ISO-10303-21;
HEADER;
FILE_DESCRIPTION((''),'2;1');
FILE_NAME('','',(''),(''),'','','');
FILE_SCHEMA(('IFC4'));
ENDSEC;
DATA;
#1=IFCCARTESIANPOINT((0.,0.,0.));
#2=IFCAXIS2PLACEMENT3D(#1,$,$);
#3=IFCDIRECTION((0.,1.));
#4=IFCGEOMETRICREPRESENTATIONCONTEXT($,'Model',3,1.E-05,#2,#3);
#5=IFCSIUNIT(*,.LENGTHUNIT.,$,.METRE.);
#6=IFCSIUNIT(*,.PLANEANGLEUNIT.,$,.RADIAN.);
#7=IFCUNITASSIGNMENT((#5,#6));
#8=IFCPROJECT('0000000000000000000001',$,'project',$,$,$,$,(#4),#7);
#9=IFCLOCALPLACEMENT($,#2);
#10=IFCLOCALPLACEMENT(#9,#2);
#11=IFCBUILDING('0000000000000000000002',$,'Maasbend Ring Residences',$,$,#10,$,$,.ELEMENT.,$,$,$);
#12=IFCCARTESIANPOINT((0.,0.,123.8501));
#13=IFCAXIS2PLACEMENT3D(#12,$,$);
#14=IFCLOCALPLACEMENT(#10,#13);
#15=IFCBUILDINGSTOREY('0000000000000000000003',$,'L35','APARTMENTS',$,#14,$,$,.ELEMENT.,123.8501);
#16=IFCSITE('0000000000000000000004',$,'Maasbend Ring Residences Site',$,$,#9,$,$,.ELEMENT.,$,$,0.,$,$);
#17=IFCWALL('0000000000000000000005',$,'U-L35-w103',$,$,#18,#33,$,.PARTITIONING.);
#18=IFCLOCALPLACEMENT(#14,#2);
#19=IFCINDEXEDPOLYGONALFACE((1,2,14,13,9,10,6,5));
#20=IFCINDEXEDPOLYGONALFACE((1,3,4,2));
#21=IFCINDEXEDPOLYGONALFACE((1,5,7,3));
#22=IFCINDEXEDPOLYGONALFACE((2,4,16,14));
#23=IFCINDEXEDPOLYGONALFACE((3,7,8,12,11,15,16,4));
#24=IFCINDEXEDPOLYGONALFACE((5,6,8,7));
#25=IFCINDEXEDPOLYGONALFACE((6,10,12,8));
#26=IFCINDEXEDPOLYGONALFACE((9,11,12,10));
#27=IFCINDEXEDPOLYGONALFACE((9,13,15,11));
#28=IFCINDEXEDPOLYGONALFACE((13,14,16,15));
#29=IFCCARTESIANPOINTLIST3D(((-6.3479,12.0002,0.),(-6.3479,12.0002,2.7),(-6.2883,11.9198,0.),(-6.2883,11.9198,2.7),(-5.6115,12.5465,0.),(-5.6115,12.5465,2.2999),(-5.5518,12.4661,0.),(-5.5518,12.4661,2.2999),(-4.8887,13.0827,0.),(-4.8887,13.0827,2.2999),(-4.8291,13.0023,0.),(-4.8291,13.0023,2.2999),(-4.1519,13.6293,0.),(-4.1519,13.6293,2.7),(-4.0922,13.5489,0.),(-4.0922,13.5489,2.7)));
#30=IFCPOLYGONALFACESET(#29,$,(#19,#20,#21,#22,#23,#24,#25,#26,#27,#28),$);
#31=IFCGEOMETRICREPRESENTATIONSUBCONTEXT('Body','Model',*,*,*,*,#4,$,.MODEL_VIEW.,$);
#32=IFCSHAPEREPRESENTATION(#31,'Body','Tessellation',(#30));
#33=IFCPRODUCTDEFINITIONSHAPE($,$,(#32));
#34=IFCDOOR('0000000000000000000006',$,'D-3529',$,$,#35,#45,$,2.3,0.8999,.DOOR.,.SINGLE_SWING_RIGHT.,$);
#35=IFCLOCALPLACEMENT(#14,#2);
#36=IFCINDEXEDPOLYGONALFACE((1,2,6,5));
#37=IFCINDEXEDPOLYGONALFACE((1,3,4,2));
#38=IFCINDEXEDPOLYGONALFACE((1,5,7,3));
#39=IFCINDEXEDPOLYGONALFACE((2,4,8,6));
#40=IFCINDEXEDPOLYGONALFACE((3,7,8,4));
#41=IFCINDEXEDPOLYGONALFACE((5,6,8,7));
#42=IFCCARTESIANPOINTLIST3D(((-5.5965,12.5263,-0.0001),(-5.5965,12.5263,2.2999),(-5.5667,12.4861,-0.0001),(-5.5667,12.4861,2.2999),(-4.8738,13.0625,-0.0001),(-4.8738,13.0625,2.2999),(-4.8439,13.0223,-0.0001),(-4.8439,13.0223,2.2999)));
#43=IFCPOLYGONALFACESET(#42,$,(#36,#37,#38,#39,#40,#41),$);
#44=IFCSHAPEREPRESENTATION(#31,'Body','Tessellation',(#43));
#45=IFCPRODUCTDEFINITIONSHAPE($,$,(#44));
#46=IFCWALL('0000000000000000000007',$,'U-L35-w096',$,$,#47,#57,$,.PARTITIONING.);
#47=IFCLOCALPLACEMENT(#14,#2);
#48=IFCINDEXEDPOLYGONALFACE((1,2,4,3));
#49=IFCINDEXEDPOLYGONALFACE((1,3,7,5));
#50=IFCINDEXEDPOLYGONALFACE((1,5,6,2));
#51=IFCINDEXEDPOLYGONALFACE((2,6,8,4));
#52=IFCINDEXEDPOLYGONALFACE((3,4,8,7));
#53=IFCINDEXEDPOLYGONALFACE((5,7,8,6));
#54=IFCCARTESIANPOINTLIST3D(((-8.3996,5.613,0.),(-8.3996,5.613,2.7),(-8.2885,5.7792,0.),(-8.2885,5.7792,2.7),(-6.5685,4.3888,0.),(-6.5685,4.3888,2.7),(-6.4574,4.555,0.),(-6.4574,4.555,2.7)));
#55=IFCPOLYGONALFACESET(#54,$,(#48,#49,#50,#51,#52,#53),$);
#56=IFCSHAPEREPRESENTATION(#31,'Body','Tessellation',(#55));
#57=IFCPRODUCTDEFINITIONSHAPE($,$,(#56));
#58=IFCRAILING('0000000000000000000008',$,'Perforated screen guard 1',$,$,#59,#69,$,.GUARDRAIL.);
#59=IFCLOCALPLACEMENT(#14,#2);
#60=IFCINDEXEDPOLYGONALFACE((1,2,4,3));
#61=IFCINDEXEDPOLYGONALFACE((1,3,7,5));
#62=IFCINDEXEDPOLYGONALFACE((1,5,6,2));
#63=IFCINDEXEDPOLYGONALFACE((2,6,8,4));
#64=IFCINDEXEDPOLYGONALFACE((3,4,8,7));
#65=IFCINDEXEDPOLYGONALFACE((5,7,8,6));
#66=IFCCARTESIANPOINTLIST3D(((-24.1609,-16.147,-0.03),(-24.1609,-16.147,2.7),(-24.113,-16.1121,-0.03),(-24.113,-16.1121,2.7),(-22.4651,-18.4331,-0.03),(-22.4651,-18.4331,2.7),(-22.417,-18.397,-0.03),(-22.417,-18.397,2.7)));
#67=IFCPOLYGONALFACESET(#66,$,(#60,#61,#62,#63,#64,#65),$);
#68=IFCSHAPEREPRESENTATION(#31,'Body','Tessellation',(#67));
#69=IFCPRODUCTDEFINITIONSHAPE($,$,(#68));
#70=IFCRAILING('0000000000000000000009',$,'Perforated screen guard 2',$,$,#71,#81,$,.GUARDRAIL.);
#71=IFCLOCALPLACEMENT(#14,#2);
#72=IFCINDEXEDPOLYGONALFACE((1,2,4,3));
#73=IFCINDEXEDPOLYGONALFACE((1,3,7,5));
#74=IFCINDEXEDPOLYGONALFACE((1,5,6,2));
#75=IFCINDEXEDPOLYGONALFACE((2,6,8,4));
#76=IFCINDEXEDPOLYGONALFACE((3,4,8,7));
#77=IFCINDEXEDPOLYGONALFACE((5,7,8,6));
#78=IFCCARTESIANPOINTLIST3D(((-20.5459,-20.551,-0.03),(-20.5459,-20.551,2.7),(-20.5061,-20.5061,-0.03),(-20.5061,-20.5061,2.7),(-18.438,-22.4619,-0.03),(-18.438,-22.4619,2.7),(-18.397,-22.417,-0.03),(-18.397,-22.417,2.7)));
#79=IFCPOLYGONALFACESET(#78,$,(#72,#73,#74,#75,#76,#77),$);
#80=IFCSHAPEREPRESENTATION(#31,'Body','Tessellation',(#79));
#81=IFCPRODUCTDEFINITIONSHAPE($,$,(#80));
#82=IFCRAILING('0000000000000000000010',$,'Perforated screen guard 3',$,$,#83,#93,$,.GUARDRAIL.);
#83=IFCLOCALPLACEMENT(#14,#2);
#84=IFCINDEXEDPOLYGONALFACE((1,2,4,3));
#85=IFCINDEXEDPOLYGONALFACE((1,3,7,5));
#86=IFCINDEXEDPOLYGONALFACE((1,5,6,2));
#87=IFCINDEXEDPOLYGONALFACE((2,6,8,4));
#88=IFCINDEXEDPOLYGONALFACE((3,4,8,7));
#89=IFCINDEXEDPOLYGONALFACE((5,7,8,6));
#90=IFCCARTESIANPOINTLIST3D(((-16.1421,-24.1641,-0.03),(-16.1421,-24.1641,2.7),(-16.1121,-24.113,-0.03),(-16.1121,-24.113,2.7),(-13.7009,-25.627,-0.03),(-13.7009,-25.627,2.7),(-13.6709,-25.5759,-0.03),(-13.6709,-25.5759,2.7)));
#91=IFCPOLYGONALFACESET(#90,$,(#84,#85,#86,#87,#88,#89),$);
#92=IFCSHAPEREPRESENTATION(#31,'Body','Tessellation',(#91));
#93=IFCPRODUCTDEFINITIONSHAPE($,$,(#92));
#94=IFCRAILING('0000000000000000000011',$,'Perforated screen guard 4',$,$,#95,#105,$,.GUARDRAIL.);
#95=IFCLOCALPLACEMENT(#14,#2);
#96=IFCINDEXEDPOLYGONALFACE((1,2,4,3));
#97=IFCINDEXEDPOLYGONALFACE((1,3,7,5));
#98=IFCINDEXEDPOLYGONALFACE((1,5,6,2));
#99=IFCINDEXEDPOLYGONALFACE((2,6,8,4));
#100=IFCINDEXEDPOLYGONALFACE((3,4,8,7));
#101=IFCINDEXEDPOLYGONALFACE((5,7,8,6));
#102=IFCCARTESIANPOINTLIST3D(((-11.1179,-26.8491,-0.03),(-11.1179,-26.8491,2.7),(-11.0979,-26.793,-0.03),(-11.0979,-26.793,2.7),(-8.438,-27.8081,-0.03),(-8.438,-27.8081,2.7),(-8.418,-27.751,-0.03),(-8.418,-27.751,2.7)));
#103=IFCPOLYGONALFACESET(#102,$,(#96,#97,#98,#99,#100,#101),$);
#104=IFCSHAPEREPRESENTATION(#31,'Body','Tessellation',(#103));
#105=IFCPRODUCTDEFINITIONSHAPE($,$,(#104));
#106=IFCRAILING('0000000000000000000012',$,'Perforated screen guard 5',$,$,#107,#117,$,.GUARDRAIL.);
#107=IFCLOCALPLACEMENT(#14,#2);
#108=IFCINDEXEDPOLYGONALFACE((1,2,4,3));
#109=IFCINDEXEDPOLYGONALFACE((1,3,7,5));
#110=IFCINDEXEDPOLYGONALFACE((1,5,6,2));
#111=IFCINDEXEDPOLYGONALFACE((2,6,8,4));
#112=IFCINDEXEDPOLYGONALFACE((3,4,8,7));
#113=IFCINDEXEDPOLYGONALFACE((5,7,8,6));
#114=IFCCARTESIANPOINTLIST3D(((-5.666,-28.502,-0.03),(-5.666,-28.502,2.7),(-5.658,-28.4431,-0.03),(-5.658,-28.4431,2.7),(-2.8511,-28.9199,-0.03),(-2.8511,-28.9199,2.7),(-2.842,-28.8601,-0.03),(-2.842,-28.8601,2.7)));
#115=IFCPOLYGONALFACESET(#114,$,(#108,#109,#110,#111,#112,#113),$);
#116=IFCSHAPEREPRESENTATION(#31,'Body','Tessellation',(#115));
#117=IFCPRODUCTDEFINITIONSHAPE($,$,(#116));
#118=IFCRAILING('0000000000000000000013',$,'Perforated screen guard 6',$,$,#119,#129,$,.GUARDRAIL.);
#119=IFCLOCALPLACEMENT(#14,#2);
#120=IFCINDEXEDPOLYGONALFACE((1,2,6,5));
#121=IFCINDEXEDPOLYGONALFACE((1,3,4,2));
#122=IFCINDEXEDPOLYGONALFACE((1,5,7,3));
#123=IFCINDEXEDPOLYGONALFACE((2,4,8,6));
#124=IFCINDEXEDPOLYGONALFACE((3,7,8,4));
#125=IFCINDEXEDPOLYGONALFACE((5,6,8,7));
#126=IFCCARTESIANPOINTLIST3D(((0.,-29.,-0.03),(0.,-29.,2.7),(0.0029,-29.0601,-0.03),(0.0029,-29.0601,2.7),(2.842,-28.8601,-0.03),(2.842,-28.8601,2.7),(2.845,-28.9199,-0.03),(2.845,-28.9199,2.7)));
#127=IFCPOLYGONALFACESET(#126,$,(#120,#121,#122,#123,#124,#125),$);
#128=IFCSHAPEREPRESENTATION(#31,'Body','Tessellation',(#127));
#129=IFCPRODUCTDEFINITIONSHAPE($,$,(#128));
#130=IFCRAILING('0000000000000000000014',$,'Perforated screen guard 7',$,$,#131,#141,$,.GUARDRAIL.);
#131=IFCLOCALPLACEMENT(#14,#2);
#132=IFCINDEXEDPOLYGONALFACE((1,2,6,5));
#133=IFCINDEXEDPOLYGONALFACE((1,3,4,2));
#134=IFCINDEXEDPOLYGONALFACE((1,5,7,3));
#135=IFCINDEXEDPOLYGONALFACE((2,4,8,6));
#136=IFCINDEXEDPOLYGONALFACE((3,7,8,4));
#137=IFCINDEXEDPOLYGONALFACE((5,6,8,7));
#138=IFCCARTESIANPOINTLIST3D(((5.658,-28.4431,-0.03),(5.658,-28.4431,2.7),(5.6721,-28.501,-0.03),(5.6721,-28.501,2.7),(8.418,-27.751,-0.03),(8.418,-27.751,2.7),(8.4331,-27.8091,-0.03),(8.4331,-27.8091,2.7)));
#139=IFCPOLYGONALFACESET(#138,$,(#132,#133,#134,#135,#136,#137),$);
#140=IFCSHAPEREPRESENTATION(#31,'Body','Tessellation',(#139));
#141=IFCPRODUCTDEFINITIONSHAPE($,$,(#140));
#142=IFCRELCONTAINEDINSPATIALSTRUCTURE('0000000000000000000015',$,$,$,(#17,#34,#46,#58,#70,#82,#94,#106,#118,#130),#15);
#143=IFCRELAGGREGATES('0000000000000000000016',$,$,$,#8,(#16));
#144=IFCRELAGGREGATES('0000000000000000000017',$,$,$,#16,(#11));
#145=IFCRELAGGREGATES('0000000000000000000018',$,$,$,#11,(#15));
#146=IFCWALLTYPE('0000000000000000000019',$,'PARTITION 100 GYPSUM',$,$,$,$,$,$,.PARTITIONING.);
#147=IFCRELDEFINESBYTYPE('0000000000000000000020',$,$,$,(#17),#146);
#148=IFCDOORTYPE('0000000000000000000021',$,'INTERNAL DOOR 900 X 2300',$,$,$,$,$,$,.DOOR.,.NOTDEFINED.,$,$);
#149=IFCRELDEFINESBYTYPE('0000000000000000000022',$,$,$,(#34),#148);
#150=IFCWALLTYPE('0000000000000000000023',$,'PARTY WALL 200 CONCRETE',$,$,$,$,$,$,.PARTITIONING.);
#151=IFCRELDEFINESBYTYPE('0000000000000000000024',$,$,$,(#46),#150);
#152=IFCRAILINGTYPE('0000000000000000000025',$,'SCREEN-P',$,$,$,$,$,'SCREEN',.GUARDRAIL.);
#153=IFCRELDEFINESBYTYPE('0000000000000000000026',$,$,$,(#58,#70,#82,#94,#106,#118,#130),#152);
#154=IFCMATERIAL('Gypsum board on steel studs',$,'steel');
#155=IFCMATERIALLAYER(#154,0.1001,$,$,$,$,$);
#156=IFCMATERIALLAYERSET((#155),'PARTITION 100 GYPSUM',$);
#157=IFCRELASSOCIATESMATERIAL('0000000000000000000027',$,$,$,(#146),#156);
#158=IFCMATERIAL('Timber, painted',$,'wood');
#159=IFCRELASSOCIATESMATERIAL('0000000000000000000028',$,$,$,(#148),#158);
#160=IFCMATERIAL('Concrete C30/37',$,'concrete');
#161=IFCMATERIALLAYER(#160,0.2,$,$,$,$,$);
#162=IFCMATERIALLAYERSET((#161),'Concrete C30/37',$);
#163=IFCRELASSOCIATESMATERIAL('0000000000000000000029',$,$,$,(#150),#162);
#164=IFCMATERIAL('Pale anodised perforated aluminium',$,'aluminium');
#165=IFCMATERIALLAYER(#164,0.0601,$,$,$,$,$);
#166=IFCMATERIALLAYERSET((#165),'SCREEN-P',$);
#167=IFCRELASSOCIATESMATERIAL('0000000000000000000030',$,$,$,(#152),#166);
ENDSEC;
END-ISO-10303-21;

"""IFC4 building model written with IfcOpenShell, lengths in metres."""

from ifc_helpers import new_model, si_unit, direction, frame, frame_2d, origin, place, context, subcontext, project, spatial, polyline, rectangle, outline, extrude, material, layer, layer_set, type_object, element, fill, save


model = new_model("IFC4")

# Units and contexts
model_context = context("Model", 3, precision=1e-05, world=origin(), true_north=direction((0.0, 1.0)))
body_context = subcontext(model_context, "Body", "Model", "MODEL_VIEW")
ifc_project = project(units=[si_unit("LENGTHUNIT", "METRE"), si_unit("PLANEANGLEUNIT", "RADIAN")], contexts=[model_context])

# Site, building, storey
site_placement = place(None, origin())
site = spatial("IfcSite", under=ifc_project, at=site_placement, Name="Maasbend Ring Residences Site", CompositionType="ELEMENT", RefElevation=0.0)
building_placement = place(site_placement, origin())
building = spatial("IfcBuilding", under=site, at=building_placement, Name="Maasbend Ring Residences", CompositionType="ELEMENT")
storey_placement = place(building_placement, frame((0.0, 0.0, 123.8501)))
storey = spatial("IfcBuildingStorey", under=building, at=storey_placement, Name="L35", Description="APARTMENTS", CompositionType="ELEMENT", Elevation=123.8501)

# Wall, opening, door
ifc_material_1 = material(Name="Gypsum board on steel studs", Category="steel")
ifc_layer_1 = layer(ifc_material_1, 0.1001)
ifc_layer_set_1 = layer_set([ifc_layer_1], Name="PARTITION 100 GYPSUM")
wall_type_1 = type_object("IfcWallType", Name="PARTITION 100 GYPSUM", PredefinedType="PARTITIONING", material=ifc_layer_set_1)
wall_1_placement = place(storey_placement, frame((-6.3181, 11.96, 0.0), z_axis=(0.0, 0.0, 1.0), x_axis=(0.803128, 0.595806, 0.0)))
wall_1 = element("IfcWall", 1, at=wall_1_placement, inside=storey, type_object=wall_type_1, Name="U-L35-w103", PredefinedType="PARTITIONING", context=body_context, shape_type="SweptSolid", body=[
    extrude(rectangle(XDim=2.7344, YDim=0.1001, at=frame_2d((1.3672, 0.0))), origin(), (0.0, 0.0, 1.0), 2.7),
])
opening_placement = place(wall_1_placement, frame((0.917, 0.0, 0.0)))
opening = element("IfcOpeningElement", 2, at=opening_placement, cuts=wall_1, PredefinedType="OPENING", context=body_context, shape_type="SweptSolid", body=[
    extrude(rectangle(XDim=0.8999, YDim=2.3, at=frame_2d((0.45, 1.1499))), frame((0.0, 0.0601, 0.0), z_axis=(0.0, -1.0, 0.0), x_axis=(1.0, 0.0, 0.0)), (0.0, 0.0, 1.0), 0.1201),
])
ifc_material_2 = material(Name="Timber, painted", Category="wood")
door_type = type_object("IfcDoorType", Name="INTERNAL DOOR 900 X 2300", OperationType="NOTDEFINED", PredefinedType="DOOR", material=ifc_material_2)
door_placement = place(opening_placement, origin())
door = element("IfcDoor", 3, at=door_placement, inside=storey, type_object=door_type, Name="D-3529", OperationType="SINGLE_SWING_RIGHT", OverallHeight=2.3, OverallWidth=0.8999, PredefinedType="DOOR", context=body_context, shape_type="SweptSolid", body=[
    extrude(rectangle(XDim=0.8999, YDim=2.3, at=frame_2d((0.45, 1.1499))), frame((0.0, 0.0249, 0.0), z_axis=(0.0, -1.0, 0.0), x_axis=(1.0, 0.0, 0.0)), (0.0, 0.0, 1.0), 0.05),
])
fill(opening, door)

# Wall
ifc_material_3 = material(Name="Concrete C30/37", Category="concrete")
ifc_layer_2 = layer(ifc_material_3, 0.2)
ifc_layer_set_2 = layer_set([ifc_layer_2], Name="Concrete C30/37")
wall_type_2 = type_object("IfcWallType", Name="PARTY WALL 200 CONCRETE", PredefinedType="PARTITIONING", material=ifc_layer_set_2)
wall_2_placement = place(storey_placement, frame((-6.5129, 4.4719, 0.0), z_axis=(0.0, 0.0, 1.0), x_axis=(-0.831333, 0.555774, 0.0)))
element("IfcWall", 4, at=wall_2_placement, inside=storey, type_object=wall_type_2, Name="U-L35-w096", PredefinedType="PARTITIONING", context=body_context, shape_type="SweptSolid", body=[
    extrude(rectangle(XDim=2.2026, YDim=0.2, at=frame_2d((1.1013, 0.0))), origin(), (0.0, 0.0, 1.0), 2.7),
])

# Railings
ifc_material_4 = material(Name="Pale anodised perforated aluminium", Category="aluminium")
ifc_layer_3 = layer(ifc_material_4, 0.0601)
ifc_layer_set_3 = layer_set([ifc_layer_3], Name="SCREEN-P")
railing_type = type_object("IfcRailingType", Name="SCREEN-P", ElementType="SCREEN", PredefinedType="GUARDRAIL", material=ifc_layer_set_3)
railing_1_placement = place(storey_placement, frame((0.0, 0.0, -0.03)))
element("IfcRailing", 5, at=railing_1_placement, inside=storey, type_object=railing_type, Name="Perforated screen guard 1", PredefinedType="GUARDRAIL", context=body_context, shape_type="SweptSolid", body=[
    extrude(outline(polyline([(-24.113, -16.1121), (-22.417, -18.397), (-22.4651, -18.4331), (-24.1609, -16.147), (-24.113, -16.1121)])), origin(), (0.0, 0.0, 1.0), 2.73),
])
railing_2_placement = place(storey_placement, frame((0.0, 0.0, -0.03)))
element("IfcRailing", 6, at=railing_2_placement, inside=storey, type_object=railing_type, Name="Perforated screen guard 2", PredefinedType="GUARDRAIL", context=body_context, shape_type="SweptSolid", body=[
    extrude(outline(polyline([(-20.5061, -20.5061), (-18.397, -22.417), (-18.438, -22.4619), (-20.5459, -20.551), (-20.5061, -20.5061)])), origin(), (0.0, 0.0, 1.0), 2.73),
])
railing_3_placement = place(storey_placement, frame((0.0, 0.0, -0.03)))
element("IfcRailing", 7, at=railing_3_placement, inside=storey, type_object=railing_type, Name="Perforated screen guard 3", PredefinedType="GUARDRAIL", context=body_context, shape_type="SweptSolid", body=[
    extrude(outline(polyline([(-16.1121, -24.113), (-13.6709, -25.5759), (-13.7009, -25.627), (-16.1421, -24.1641), (-16.1121, -24.113)])), origin(), (0.0, 0.0, 1.0), 2.73),
])
railing_4_placement = place(storey_placement, frame((0.0, 0.0, -0.03)))
element("IfcRailing", 8, at=railing_4_placement, inside=storey, type_object=railing_type, Name="Perforated screen guard 4", PredefinedType="GUARDRAIL", context=body_context, shape_type="SweptSolid", body=[
    extrude(outline(polyline([(-11.0979, -26.793), (-8.418, -27.751), (-8.438, -27.8081), (-11.1179, -26.8491), (-11.0979, -26.793)])), origin(), (0.0, 0.0, 1.0), 2.73),
])
railing_5_placement = place(storey_placement, frame((0.0, 0.0, -0.03)))
element("IfcRailing", 9, at=railing_5_placement, inside=storey, type_object=railing_type, Name="Perforated screen guard 5", PredefinedType="GUARDRAIL", context=body_context, shape_type="SweptSolid", body=[
    extrude(outline(polyline([(-5.658, -28.4431), (-2.842, -28.8601), (-2.8511, -28.9199), (-5.666, -28.502), (-5.658, -28.4431)])), origin(), (0.0, 0.0, 1.0), 2.73),
])
railing_6_placement = place(storey_placement, frame((0.0, 0.0, -0.03)))
element("IfcRailing", 10, at=railing_6_placement, inside=storey, type_object=railing_type, Name="Perforated screen guard 6", PredefinedType="GUARDRAIL", context=body_context, shape_type="SweptSolid", body=[
    extrude(outline(polyline([(0.0, -29.0), (2.842, -28.8601), (2.845, -28.9199), (0.0029, -29.0601), (0.0, -29.0)])), origin(), (0.0, 0.0, 1.0), 2.73),
])
railing_7_placement = place(storey_placement, frame((0.0, 0.0, -0.03)))
element("IfcRailing", 11, at=railing_7_placement, inside=storey, type_object=railing_type, Name="Perforated screen guard 7", PredefinedType="GUARDRAIL", context=body_context, shape_type="SweptSolid", body=[
    extrude(outline(polyline([(5.658, -28.4431), (8.418, -27.751), (8.4331, -27.8091), (5.6721, -28.501), (5.658, -28.4431)])), origin(), (0.0, 0.0, 1.0), 2.73),
])

save(model, "model.ifc")
